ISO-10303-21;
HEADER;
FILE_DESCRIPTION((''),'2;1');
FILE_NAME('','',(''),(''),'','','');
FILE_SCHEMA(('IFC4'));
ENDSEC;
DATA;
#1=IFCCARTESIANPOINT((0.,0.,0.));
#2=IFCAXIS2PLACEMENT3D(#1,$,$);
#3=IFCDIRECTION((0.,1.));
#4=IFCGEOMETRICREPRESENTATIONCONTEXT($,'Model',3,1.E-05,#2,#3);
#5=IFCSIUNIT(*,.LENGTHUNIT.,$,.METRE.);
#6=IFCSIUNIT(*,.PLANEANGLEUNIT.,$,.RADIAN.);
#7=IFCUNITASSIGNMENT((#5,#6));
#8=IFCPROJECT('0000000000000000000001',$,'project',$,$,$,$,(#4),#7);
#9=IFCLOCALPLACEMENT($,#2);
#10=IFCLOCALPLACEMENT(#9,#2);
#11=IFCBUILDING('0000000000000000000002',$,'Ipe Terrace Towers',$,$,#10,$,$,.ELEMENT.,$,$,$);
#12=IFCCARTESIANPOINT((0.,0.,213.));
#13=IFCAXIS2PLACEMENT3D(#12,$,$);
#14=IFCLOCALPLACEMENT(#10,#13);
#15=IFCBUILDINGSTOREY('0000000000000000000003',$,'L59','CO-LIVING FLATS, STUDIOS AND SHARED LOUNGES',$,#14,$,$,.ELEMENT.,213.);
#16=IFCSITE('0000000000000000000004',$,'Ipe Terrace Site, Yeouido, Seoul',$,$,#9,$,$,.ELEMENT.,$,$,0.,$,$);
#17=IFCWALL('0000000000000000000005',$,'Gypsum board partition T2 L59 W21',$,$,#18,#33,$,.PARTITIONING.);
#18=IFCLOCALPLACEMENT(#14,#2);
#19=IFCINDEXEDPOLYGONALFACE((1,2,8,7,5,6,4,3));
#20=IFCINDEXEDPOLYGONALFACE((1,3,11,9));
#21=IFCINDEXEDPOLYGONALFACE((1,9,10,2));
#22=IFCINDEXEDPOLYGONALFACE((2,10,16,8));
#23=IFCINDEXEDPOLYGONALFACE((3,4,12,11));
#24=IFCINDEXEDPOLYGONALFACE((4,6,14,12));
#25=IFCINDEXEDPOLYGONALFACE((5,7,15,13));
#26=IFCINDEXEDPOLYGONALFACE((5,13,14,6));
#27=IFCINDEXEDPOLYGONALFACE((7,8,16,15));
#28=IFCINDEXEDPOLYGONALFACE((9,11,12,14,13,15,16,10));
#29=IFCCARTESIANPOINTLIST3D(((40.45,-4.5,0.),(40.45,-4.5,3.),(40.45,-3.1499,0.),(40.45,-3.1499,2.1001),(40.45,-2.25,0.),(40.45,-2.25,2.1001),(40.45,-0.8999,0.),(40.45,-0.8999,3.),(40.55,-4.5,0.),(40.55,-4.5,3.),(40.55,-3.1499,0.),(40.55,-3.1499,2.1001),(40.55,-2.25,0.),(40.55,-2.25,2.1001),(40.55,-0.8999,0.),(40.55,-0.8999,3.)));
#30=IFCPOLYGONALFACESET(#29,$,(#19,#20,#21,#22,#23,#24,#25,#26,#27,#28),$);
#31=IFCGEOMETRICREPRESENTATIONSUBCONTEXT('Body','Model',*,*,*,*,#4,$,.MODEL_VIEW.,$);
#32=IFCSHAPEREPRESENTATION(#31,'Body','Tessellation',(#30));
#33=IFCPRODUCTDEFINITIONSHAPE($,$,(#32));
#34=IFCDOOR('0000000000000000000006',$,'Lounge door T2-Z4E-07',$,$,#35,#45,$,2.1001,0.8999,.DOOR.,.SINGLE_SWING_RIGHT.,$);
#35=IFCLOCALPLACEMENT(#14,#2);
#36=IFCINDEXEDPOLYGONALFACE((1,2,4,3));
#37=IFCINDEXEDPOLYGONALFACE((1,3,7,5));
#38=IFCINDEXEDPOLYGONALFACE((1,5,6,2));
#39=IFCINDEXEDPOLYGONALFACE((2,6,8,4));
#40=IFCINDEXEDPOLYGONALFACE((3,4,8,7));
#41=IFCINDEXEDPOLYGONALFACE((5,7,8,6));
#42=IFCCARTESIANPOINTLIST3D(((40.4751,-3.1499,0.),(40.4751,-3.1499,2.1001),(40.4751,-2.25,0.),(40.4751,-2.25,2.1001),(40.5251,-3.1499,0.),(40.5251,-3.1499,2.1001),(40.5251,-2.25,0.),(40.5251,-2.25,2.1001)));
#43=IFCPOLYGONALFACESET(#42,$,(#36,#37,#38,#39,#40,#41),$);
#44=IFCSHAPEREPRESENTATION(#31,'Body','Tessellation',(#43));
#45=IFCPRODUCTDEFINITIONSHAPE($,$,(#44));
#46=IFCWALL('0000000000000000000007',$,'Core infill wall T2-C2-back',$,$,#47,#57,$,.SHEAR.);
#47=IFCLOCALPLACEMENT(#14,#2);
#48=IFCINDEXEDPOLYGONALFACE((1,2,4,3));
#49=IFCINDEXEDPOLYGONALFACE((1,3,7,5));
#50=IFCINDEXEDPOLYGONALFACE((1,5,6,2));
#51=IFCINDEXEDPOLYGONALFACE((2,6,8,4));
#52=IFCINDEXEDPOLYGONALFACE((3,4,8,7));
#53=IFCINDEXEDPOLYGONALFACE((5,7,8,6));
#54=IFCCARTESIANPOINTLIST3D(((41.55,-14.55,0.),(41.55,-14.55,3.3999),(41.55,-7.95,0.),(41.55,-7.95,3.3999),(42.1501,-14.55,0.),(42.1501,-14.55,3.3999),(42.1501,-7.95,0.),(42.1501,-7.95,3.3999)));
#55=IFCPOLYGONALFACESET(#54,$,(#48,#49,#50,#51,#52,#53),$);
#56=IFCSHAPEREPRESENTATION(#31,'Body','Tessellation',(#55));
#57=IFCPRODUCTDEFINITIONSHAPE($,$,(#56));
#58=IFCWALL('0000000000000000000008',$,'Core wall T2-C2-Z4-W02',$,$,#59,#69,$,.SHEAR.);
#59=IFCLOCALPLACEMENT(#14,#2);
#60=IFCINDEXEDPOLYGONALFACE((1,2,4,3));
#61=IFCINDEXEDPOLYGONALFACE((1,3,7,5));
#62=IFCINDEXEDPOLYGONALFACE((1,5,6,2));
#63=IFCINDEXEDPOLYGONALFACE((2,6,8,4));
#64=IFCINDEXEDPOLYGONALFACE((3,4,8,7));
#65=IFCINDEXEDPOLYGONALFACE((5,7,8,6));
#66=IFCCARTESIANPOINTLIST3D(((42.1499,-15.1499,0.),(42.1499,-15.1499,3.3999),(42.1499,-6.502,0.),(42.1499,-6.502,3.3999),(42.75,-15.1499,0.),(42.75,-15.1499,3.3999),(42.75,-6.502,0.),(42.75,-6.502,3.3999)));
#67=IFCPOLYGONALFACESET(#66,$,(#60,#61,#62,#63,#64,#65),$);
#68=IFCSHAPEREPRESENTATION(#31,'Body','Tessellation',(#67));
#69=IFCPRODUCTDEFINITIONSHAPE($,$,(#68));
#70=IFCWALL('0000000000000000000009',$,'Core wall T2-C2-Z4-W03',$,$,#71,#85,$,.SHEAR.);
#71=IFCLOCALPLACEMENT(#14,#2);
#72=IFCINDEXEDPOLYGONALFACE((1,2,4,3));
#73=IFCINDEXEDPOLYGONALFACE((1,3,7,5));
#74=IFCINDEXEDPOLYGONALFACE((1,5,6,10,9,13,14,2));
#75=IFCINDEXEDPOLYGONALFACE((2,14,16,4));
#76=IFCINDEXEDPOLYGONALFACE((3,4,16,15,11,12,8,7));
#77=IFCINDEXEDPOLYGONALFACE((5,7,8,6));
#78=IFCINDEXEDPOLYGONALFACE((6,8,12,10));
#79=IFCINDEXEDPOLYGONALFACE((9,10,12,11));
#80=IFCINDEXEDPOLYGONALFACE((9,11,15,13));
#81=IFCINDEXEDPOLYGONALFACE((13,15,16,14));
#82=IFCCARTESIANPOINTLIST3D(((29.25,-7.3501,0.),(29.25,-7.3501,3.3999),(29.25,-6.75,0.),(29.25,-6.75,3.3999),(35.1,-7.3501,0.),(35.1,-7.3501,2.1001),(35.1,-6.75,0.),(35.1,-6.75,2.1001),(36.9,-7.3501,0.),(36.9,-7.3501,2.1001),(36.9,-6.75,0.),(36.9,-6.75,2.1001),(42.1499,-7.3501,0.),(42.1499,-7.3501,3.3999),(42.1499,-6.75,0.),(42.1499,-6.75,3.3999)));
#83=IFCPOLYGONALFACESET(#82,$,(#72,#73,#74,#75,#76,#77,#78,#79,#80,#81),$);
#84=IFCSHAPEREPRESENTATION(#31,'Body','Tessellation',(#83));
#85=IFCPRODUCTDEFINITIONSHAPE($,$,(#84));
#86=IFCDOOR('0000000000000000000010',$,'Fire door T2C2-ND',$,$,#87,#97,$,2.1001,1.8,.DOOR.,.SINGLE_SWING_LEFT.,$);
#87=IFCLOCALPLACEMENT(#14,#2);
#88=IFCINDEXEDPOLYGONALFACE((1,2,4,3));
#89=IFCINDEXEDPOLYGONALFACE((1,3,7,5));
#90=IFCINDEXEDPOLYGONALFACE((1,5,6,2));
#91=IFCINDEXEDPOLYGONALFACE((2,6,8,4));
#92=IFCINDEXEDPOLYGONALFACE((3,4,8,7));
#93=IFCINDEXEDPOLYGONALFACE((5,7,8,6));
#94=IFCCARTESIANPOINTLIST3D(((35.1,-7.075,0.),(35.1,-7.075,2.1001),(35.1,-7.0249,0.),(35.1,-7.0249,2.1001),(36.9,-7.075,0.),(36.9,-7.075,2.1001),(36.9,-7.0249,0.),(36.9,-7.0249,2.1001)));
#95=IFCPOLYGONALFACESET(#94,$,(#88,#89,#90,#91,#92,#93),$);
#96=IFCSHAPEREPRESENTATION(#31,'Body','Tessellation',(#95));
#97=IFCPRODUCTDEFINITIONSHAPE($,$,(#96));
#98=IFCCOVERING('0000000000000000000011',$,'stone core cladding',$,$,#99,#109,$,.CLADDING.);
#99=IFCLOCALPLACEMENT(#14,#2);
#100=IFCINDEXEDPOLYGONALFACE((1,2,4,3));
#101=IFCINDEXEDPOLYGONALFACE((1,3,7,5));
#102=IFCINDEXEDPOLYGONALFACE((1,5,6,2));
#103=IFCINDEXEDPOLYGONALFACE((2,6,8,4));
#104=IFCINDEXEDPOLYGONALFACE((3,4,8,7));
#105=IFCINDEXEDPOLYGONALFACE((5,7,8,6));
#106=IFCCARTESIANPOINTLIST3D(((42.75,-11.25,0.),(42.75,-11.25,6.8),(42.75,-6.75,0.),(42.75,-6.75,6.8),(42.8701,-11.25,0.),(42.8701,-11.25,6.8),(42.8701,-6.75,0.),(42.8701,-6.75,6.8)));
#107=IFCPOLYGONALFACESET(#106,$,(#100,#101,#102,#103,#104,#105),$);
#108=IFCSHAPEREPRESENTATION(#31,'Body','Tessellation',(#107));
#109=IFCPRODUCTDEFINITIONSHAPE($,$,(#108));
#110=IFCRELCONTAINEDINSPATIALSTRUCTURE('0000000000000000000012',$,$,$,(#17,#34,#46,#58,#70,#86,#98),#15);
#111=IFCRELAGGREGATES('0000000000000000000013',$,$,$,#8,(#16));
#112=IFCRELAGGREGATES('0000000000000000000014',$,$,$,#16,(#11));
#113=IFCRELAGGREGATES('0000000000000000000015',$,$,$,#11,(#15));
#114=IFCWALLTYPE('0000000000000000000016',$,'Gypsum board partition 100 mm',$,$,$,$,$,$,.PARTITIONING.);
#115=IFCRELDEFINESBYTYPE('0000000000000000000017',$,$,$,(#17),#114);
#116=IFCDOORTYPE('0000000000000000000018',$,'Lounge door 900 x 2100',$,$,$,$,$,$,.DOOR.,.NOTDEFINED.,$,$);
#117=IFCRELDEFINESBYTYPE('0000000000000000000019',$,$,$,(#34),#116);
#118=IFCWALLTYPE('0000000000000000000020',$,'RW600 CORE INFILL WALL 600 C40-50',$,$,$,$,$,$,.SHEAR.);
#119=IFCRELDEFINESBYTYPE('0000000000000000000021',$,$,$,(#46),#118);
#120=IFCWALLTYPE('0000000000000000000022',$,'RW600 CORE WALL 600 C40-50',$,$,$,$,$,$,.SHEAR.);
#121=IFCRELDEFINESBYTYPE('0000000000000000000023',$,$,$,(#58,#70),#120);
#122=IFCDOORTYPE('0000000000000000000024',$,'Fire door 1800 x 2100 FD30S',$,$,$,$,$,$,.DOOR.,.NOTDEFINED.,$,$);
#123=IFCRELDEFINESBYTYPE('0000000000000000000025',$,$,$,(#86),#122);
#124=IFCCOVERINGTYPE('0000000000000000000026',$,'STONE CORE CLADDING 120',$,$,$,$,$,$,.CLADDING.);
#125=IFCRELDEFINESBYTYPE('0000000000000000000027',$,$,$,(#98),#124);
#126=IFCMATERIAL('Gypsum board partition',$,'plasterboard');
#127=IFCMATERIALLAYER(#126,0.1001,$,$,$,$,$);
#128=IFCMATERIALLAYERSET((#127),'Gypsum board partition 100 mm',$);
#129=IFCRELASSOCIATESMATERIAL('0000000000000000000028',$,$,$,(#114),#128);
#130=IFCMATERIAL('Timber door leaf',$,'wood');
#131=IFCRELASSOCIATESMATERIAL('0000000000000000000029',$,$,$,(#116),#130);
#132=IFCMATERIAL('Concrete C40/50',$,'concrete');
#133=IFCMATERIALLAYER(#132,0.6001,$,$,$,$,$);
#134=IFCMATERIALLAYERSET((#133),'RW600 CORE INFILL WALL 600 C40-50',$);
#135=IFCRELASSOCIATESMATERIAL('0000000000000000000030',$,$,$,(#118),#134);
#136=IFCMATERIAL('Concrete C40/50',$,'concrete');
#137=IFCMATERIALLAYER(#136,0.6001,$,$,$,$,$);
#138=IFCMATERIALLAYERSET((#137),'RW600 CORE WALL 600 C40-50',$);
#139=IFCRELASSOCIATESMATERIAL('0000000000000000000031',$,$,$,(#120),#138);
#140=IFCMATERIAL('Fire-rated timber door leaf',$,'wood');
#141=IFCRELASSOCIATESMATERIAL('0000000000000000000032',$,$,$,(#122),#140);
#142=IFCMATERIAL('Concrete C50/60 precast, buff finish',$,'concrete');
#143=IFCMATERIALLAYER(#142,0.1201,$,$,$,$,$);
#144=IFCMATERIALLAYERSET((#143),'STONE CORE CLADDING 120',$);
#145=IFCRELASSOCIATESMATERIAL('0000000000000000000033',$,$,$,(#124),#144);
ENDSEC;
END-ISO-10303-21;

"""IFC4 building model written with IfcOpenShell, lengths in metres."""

from ifc_helpers import new_model, si_unit, direction, frame, frame_2d, origin, origin_2d, place, context, subcontext, project, spatial, rectangle, extrude, material, layer, layer_set, type_object, element, fill, save


model = new_model("IFC4")

# Units and contexts
model_context = context("Model", 3, precision=1e-05, world=origin(), true_north=direction((0.0, 1.0)))
body_context = subcontext(model_context, "Body", "Model", "MODEL_VIEW")
ifc_project = project(units=[si_unit("LENGTHUNIT", "METRE"), si_unit("PLANEANGLEUNIT", "RADIAN")], contexts=[model_context])

# Site, building, storey
site_placement = place(None, origin())
site = spatial("IfcSite", under=ifc_project, at=site_placement, Name="Ipe Terrace Site, Yeouido, Seoul", CompositionType="ELEMENT", RefElevation=0.0)
building_placement = place(site_placement, origin())
building = spatial("IfcBuilding", under=site, at=building_placement, Name="Ipe Terrace Towers", CompositionType="ELEMENT")
storey_placement = place(building_placement, frame((0.0, 0.0, 213.0)))
storey = spatial("IfcBuildingStorey", under=building, at=storey_placement, Name="L59", Description="CO-LIVING FLATS, STUDIOS AND SHARED LOUNGES", CompositionType="ELEMENT", Elevation=213.0)

# Shared definitions
ifc_material_1 = material(Name="Gypsum board partition", Category="plasterboard")
ifc_layer_1 = layer(ifc_material_1, 0.1001)
ifc_layer_set_1 = layer_set([ifc_layer_1], Name="Gypsum board partition 100 mm")
wall_type_1 = type_object("IfcWallType", Name="Gypsum board partition 100 mm", PredefinedType="PARTITIONING", material=ifc_layer_set_1)

# Wall, opening, door
wall_1_placement = place(storey_placement, frame((40.5, -4.5, 0.0), z_axis=(0.0, 0.0, 1.0), x_axis=(0.0, 1.0, 0.0)))
wall_1 = element("IfcWall", 1, at=wall_1_placement, inside=storey, type_object=wall_type_1, Name="Gypsum board partition T2 L59 W21", PredefinedType="PARTITIONING", context=body_context, shape_type="SweptSolid", body=[
    extrude(rectangle(XDim=3.6001, YDim=0.1001, at=frame_2d((1.8, 0.0))), origin(), (0.0, 0.0, 1.0), 3.0),
])
opening_1_placement = place(wall_1_placement, frame((1.3501, 0.0, 0.0)))
opening_1 = element("IfcOpeningElement", 2, at=opening_1_placement, cuts=wall_1, PredefinedType="OPENING", context=body_context, shape_type="SweptSolid", body=[
    extrude(rectangle(XDim=0.8999, YDim=2.1001, at=frame_2d((0.45, 1.05))), frame((0.0, 0.0601, 0.0), z_axis=(0.0, -1.0, 0.0), x_axis=(1.0, 0.0, 0.0)), (0.0, 0.0, 1.0), 0.1201),
])
ifc_material_2 = material(Name="Timber door leaf", Category="wood")
door_type_1 = type_object("IfcDoorType", Name="Lounge door 900 x 2100", OperationType="NOTDEFINED", PredefinedType="DOOR", material=ifc_material_2)
door_1_placement = place(opening_1_placement, origin())
door_1 = element("IfcDoor", 3, at=door_1_placement, inside=storey, type_object=door_type_1, Name="Lounge door T2-Z4E-07", OperationType="SINGLE_SWING_RIGHT", OverallHeight=2.1001, OverallWidth=0.8999, PredefinedType="DOOR", context=body_context, shape_type="SweptSolid", body=[
    extrude(rectangle(XDim=0.8999, YDim=2.1001, at=frame_2d((0.45, 1.05))), frame((0.0, 0.0249, 0.0), z_axis=(0.0, -1.0, 0.0), x_axis=(1.0, 0.0, 0.0)), (0.0, 0.0, 1.0), 0.05),
])
fill(opening_1, door_1)

# Walls
ifc_material_3 = material(Name="Concrete C40/50", Category="concrete")
ifc_layer_2 = layer(ifc_material_3, 0.6001)
ifc_layer_set_2 = layer_set([ifc_layer_2], Name="RW600 CORE INFILL WALL 600 C40-50")
wall_type_2 = type_object("IfcWallType", Name="RW600 CORE INFILL WALL 600 C40-50", PredefinedType="SHEAR", material=ifc_layer_set_2)
wall_2_placement = place(storey_placement, frame((41.8501, -7.95, 0.0), z_axis=(0.0, 0.0, 1.0), x_axis=(0.0, -1.0, 0.0)))
element("IfcWall", 4, at=wall_2_placement, inside=storey, type_object=wall_type_2, Name="Core infill wall T2-C2-back", PredefinedType="SHEAR", context=body_context, shape_type="SweptSolid", body=[
    extrude(rectangle(XDim=6.6001, YDim=0.6001, at=frame_2d((3.3, 0.0))), origin(), (0.0, 0.0, 1.0), 3.3999),
])
ifc_material_4 = material(Name="Concrete C40/50", Category="concrete")
ifc_layer_3 = layer(ifc_material_4, 0.6001)
ifc_layer_set_3 = layer_set([ifc_layer_3], Name="RW600 CORE WALL 600 C40-50")
wall_type_3 = type_object("IfcWallType", Name="RW600 CORE WALL 600 C40-50", PredefinedType="SHEAR", material=ifc_layer_set_3)
wall_3_placement = place(storey_placement, frame((42.45, -15.1499, 0.0), z_axis=(0.0, 0.0, 1.0), x_axis=(0.0, 1.0, 0.0)))
element("IfcWall", 5, at=wall_3_placement, inside=storey, type_object=wall_type_3, Name="Core wall T2-C2-Z4-W02", PredefinedType="SHEAR", context=body_context, shape_type="SweptSolid", body=[
    extrude(rectangle(XDim=8.6479, YDim=0.6001, at=frame_2d((4.324, 0.0))), origin(), (0.0, 0.0, 1.0), 3.3999),
])

# Wall, opening, door
wall_4_placement = place(storey_placement, frame((42.1499, -7.05, 0.0), z_axis=(0.0, 0.0, 1.0), x_axis=(-1.0, 0.0, 0.0)))
wall_4 = element("IfcWall", 6, at=wall_4_placement, inside=storey, type_object=wall_type_3, Name="Core wall T2-C2-Z4-W03", PredefinedType="SHEAR", context=body_context, shape_type="SweptSolid", body=[
    extrude(rectangle(XDim=12.8999, YDim=0.6001, at=frame_2d((6.45, 0.0))), origin(), (0.0, 0.0, 1.0), 3.3999),
])
opening_2_placement = place(wall_4_placement, frame((5.25, 0.0, 0.0)))
opening_2 = element("IfcOpeningElement", 7, at=opening_2_placement, cuts=wall_4, PredefinedType="OPENING", context=body_context, shape_type="SweptSolid", body=[
    extrude(rectangle(XDim=1.8, YDim=2.1001, at=frame_2d((0.8999, 1.05))), frame((0.0, 0.3101, 0.0), z_axis=(0.0, -1.0, 0.0), x_axis=(1.0, 0.0, 0.0)), (0.0, 0.0, 1.0), 0.6201),
])
ifc_material_5 = material(Name="Fire-rated timber door leaf", Category="wood")
door_type_2 = type_object("IfcDoorType", Name="Fire door 1800 x 2100 FD30S", OperationType="NOTDEFINED", PredefinedType="DOOR", material=ifc_material_5)
door_2_placement = place(opening_2_placement, origin())
door_2 = element("IfcDoor", 8, at=door_2_placement, inside=storey, type_object=door_type_2, Name="Fire door T2C2-ND", OperationType="SINGLE_SWING_LEFT", OverallHeight=2.1001, OverallWidth=1.8, PredefinedType="DOOR", context=body_context, shape_type="SweptSolid", body=[
    extrude(rectangle(XDim=1.8, YDim=2.1001, at=frame_2d((0.8999, 1.05))), frame((0.0, 0.0249, 0.0), z_axis=(0.0, -1.0, 0.0), x_axis=(1.0, 0.0, 0.0)), (0.0, 0.0, 1.0), 0.05),
])
fill(opening_2, door_2)

# Covering
ifc_material_6 = material(Name="Concrete C50/60 precast, buff finish", Category="concrete")
ifc_layer_4 = layer(ifc_material_6, 0.1201)
ifc_layer_set_4 = layer_set([ifc_layer_4], Name="STONE CORE CLADDING 120")
covering_type = type_object("IfcCoveringType", Name="STONE CORE CLADDING 120", PredefinedType="CLADDING", material=ifc_layer_set_4)
covering_placement = place(storey_placement, frame((42.8101, -9.0, 0.0), z_axis=(0.0, 0.0, 1.0), x_axis=(0.0, 1.0, 0.0)))
element("IfcCovering", 9, at=covering_placement, inside=storey, type_object=covering_type, Name="stone core cladding", PredefinedType="CLADDING", context=body_context, shape_type="SweptSolid", body=[
    extrude(rectangle(XDim=4.5, YDim=0.1201, at=origin_2d()), origin(), (0.0, 0.0, 1.0), 6.8),
])

save(model, "model.ifc")
